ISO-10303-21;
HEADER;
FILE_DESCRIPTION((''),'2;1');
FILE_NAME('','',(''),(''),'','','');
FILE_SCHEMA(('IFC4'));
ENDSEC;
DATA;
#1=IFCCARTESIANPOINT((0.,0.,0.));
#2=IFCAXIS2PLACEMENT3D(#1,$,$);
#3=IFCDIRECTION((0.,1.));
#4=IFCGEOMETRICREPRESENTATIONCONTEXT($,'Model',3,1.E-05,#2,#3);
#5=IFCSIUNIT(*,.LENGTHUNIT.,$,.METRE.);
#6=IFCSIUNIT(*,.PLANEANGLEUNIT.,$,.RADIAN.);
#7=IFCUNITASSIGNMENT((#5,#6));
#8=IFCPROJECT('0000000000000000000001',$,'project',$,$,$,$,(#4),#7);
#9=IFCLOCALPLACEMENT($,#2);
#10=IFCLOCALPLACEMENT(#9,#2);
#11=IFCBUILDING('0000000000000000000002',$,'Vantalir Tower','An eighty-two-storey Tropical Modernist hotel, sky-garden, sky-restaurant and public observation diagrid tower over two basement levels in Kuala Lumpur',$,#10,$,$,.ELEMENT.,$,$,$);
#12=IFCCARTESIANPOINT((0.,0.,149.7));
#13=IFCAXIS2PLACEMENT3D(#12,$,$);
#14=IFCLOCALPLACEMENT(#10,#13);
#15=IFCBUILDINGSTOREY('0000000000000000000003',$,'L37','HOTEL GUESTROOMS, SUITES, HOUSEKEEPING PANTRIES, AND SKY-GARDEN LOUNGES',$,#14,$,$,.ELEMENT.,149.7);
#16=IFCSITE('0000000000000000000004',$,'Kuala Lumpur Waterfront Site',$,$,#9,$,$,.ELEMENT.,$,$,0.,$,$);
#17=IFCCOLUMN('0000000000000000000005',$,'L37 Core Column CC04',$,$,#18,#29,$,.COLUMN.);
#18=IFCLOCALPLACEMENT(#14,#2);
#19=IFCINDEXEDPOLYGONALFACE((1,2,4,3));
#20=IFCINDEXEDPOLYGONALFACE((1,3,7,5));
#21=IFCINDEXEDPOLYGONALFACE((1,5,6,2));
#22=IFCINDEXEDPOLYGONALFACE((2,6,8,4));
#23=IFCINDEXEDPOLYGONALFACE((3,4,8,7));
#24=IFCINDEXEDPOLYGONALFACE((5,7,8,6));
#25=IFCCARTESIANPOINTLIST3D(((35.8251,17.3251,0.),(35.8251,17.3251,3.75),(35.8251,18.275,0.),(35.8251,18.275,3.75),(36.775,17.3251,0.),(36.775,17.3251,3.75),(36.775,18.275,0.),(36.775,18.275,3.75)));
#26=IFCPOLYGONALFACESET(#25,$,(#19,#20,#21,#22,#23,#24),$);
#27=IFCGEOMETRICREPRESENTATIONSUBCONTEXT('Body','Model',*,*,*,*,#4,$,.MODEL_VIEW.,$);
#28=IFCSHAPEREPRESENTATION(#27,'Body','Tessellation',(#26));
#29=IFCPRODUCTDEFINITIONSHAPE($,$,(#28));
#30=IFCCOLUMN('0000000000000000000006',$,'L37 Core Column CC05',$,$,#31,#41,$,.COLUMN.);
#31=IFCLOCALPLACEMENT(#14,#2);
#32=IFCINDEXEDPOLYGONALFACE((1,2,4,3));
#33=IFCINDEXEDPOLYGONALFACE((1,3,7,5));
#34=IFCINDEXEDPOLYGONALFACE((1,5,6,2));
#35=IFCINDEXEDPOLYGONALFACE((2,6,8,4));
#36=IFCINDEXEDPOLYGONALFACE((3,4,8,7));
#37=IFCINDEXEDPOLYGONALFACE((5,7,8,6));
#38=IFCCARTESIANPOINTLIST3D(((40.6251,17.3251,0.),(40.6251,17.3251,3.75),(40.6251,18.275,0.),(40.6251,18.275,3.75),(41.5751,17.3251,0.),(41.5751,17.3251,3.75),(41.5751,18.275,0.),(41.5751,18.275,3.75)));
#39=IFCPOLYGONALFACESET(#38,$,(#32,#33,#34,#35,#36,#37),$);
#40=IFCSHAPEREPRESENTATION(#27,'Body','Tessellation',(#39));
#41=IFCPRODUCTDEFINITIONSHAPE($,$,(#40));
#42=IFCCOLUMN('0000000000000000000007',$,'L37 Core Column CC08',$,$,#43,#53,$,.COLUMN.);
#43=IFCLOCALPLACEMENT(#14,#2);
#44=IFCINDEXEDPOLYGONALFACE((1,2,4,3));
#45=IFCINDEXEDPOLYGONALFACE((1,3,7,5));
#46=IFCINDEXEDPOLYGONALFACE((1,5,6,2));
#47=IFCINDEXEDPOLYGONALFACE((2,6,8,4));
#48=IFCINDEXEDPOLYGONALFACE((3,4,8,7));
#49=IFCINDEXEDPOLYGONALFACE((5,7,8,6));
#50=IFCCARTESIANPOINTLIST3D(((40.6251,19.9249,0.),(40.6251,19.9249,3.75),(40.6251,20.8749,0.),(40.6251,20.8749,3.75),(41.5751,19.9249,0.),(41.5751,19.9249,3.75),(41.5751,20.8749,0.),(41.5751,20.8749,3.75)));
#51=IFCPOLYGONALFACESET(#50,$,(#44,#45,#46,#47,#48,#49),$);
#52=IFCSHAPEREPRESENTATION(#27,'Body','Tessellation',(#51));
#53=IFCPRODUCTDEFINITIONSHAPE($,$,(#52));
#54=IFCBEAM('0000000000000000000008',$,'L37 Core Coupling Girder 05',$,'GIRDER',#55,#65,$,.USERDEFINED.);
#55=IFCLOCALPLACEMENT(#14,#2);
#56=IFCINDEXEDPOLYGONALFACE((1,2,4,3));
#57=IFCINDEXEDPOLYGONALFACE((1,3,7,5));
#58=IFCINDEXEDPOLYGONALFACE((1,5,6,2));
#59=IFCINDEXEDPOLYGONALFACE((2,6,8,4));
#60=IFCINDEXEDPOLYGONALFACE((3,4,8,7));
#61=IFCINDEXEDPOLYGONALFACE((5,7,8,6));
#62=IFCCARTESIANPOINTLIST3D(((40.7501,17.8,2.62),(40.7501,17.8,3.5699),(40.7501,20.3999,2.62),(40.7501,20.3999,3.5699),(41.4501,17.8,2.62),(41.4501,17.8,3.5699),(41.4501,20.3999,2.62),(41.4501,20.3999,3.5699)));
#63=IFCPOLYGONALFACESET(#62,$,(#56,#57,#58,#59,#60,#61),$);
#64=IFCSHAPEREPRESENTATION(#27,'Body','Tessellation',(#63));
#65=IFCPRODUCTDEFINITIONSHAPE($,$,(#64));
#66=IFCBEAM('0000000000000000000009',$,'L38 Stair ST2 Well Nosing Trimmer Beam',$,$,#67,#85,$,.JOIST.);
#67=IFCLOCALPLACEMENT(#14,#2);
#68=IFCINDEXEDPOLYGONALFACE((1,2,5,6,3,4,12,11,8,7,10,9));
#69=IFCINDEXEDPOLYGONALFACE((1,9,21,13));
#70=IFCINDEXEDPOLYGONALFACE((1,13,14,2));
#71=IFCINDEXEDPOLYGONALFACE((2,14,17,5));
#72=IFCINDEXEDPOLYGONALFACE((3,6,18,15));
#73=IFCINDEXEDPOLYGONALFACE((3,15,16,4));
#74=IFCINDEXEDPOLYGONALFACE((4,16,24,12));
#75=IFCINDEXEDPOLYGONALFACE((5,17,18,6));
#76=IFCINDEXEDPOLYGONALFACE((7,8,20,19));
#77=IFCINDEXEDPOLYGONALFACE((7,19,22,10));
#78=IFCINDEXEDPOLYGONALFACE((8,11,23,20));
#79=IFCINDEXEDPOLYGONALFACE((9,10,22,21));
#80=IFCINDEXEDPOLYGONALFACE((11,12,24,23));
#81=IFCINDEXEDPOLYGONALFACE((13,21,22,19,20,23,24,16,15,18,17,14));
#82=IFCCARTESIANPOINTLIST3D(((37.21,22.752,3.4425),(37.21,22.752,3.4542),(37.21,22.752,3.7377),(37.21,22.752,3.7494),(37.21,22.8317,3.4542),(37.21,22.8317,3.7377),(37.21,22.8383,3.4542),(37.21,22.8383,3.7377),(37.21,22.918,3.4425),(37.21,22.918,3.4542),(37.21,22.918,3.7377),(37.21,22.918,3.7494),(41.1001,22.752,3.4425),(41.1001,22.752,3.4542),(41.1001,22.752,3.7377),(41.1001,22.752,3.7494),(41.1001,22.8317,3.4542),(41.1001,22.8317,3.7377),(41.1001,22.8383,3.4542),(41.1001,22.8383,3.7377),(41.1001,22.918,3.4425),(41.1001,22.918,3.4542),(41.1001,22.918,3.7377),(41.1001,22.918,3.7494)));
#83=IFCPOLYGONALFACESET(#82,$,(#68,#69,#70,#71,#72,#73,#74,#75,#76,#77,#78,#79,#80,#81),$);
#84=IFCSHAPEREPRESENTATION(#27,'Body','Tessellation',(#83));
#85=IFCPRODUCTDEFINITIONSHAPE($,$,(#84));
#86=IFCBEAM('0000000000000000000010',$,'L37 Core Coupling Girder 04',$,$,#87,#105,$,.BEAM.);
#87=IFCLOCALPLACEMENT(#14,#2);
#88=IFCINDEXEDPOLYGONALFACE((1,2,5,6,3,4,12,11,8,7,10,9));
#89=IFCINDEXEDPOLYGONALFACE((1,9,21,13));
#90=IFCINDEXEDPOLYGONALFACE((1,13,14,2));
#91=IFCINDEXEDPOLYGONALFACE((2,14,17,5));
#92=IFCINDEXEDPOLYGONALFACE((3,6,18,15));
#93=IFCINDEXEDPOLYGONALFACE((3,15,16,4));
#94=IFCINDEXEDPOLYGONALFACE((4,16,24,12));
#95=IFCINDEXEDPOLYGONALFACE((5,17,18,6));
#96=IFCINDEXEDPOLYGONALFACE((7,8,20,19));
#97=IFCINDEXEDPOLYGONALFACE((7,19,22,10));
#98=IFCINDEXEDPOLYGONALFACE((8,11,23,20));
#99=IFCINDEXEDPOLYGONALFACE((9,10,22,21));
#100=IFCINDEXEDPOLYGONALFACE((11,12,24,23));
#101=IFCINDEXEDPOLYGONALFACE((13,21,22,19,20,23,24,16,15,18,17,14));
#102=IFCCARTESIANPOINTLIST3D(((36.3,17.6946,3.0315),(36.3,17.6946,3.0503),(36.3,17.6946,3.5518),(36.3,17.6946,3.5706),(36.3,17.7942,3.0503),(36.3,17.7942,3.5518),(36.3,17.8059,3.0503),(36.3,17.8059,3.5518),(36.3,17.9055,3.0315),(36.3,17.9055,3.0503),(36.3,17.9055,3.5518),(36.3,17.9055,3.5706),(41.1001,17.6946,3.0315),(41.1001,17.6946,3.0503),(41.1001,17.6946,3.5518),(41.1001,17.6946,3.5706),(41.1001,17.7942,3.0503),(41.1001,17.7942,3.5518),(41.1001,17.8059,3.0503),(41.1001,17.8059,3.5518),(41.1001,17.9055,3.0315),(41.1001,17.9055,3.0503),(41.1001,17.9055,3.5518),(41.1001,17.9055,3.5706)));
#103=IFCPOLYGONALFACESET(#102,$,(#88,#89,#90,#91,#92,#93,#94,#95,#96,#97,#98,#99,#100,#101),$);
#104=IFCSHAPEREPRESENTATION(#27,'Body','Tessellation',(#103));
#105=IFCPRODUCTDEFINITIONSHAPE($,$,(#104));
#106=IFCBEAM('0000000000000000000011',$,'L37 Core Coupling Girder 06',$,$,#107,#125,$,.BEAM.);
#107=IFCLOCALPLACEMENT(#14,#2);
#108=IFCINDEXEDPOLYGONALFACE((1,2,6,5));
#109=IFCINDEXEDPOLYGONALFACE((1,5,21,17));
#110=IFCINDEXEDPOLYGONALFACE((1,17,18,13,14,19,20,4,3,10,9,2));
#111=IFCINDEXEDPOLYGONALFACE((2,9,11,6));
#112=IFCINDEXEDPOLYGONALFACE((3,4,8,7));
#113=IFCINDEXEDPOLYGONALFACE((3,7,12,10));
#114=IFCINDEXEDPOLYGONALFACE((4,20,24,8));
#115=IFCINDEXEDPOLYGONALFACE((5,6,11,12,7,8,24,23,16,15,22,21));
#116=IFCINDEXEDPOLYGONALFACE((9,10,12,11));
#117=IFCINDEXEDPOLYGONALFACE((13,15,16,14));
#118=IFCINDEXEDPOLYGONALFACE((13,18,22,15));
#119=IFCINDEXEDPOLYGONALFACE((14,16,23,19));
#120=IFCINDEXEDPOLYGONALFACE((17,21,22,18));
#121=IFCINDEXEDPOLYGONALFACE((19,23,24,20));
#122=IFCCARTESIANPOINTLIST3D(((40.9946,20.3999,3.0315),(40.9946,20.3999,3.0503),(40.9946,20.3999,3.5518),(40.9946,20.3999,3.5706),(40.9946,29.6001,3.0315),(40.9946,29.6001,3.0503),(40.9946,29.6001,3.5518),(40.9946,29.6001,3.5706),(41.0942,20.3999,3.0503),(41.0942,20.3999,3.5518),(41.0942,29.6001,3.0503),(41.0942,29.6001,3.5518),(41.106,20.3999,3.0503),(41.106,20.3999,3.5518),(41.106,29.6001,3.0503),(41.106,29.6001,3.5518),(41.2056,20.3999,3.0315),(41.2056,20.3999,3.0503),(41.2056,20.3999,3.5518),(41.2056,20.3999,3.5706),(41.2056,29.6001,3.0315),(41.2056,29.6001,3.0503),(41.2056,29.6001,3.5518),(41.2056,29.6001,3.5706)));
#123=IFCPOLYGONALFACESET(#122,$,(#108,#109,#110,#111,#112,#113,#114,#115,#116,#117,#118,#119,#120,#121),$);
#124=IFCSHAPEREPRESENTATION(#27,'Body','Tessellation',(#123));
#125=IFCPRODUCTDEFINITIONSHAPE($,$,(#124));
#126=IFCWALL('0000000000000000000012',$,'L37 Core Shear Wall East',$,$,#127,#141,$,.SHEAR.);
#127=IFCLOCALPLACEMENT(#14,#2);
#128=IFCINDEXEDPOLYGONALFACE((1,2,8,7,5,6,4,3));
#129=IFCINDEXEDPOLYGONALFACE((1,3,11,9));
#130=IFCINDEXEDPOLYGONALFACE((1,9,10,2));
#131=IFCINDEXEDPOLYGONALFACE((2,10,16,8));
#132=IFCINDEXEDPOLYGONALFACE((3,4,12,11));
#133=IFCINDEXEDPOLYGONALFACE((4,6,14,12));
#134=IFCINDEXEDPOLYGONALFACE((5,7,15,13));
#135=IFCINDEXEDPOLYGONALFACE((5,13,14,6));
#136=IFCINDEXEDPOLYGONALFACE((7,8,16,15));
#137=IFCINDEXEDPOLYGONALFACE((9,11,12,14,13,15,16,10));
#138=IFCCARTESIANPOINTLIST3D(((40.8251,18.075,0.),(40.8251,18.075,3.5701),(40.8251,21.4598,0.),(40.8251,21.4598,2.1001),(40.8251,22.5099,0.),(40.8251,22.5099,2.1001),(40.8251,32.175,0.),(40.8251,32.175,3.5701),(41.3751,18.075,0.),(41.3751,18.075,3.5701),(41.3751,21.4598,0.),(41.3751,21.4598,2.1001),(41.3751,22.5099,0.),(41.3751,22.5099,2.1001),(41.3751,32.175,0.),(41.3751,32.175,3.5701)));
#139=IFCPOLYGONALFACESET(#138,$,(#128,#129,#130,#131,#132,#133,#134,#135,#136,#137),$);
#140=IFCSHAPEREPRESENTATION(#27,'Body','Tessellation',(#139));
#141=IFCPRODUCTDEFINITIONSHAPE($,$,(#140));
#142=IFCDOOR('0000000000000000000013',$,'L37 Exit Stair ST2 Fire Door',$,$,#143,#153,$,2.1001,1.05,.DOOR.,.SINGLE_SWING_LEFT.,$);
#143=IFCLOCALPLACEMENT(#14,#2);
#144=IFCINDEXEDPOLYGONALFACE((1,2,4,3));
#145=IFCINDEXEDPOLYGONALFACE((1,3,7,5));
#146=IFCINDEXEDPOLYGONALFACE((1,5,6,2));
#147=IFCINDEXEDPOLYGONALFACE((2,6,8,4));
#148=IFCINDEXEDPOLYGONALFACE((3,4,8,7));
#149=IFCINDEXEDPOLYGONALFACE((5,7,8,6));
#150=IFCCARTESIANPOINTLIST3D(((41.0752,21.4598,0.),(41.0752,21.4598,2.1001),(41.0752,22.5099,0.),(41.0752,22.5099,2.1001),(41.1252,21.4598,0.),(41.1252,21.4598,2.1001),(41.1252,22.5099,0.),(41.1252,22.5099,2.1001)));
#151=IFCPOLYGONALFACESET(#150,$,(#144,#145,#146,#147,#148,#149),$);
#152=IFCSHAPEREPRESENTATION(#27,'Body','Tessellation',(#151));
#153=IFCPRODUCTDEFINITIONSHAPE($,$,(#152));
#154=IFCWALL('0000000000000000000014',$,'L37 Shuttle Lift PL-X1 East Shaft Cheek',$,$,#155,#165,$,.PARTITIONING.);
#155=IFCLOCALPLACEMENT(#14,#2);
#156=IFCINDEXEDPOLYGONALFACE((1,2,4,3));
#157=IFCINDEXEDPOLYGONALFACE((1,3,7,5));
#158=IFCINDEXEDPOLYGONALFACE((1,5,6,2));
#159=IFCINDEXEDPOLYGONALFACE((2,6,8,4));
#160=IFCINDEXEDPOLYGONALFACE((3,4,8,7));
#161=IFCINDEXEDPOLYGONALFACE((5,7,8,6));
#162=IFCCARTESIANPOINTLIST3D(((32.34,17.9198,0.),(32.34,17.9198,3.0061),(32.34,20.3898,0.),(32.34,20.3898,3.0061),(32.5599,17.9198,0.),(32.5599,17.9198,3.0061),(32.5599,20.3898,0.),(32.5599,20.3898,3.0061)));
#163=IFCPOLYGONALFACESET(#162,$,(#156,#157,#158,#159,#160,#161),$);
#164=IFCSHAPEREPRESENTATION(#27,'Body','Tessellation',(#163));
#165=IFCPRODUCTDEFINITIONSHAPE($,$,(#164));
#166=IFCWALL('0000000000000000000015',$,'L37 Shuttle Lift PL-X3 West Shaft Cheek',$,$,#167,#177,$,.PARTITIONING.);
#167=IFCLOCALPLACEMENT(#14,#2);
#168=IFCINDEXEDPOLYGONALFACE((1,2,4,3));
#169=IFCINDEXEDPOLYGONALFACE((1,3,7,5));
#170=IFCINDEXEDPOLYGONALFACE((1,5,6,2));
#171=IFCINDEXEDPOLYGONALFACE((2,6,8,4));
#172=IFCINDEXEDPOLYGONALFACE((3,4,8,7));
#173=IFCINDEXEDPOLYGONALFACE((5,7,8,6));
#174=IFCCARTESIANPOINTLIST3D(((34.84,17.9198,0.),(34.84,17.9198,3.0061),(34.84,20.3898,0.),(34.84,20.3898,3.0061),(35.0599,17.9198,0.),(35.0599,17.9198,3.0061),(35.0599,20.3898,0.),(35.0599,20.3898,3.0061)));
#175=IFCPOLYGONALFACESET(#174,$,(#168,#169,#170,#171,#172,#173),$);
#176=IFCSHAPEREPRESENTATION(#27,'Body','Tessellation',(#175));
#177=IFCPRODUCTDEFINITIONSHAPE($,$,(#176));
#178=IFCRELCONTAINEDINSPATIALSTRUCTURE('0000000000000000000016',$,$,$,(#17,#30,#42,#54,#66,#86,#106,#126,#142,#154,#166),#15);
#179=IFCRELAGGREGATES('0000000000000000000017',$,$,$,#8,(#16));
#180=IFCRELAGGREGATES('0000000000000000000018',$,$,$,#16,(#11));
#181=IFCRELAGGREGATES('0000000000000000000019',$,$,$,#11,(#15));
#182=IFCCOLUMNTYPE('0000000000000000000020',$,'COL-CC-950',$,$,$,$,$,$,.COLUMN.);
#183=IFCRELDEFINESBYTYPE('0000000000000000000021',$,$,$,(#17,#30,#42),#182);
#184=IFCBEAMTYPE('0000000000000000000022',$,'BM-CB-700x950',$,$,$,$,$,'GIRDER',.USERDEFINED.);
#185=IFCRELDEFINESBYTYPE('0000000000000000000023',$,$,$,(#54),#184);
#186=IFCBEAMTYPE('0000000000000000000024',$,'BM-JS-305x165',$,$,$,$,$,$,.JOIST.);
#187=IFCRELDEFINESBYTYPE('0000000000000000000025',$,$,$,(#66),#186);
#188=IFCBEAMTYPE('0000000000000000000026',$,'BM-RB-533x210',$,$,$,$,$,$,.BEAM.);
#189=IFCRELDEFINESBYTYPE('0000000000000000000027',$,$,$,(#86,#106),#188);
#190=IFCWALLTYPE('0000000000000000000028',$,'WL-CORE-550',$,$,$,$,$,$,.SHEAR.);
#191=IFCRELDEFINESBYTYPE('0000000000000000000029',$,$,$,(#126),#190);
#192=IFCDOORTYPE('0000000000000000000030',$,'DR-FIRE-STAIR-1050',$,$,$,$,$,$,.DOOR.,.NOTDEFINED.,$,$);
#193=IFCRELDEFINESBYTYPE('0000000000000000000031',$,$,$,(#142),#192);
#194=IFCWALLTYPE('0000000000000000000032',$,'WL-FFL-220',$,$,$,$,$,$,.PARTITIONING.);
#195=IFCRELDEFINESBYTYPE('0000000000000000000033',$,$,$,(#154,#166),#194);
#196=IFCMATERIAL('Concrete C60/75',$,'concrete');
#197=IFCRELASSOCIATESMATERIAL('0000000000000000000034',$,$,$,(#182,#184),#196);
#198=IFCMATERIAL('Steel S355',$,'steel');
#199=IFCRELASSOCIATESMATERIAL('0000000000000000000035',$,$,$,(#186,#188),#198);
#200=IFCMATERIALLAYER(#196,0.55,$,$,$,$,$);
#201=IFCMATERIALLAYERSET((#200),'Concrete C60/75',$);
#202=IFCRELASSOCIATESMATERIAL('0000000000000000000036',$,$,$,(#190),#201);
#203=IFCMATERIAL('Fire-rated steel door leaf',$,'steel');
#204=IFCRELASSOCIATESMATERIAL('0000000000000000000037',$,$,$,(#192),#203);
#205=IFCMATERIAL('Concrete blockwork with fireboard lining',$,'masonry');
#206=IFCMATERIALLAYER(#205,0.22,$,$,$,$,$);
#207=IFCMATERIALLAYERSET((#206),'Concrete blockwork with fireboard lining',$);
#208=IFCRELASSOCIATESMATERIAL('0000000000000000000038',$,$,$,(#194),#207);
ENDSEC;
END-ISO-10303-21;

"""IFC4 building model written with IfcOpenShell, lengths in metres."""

from ifc_helpers import new_model, si_unit, direction, frame, frame_2d, origin, origin_2d, place, context, subcontext, project, spatial, rectangle, i_section, extrude, material, layer, layer_set, material_profile, profile_set, type_object, element, fill, save


model = new_model("IFC4")

# Units and contexts
model_context = context("Model", 3, precision=1e-05, world=origin(), true_north=direction((0.0, 1.0)))
body_context = subcontext(model_context, "Body", "Model", "MODEL_VIEW")
ifc_project = project(units=[si_unit("LENGTHUNIT", "METRE"), si_unit("PLANEANGLEUNIT", "RADIAN")], contexts=[model_context])

# Site, building, storey
site_placement = place(None, origin())
site = spatial("IfcSite", under=ifc_project, at=site_placement, Name="Kuala Lumpur Waterfront Site", CompositionType="ELEMENT", RefElevation=0.0)
building_placement = place(site_placement, origin())
building = spatial("IfcBuilding", under=site, at=building_placement, Name="Vantalir Tower", Description="An eighty-two-storey Tropical Modernist hotel, sky-garden, sky-restaurant and public observation diagrid tower over two basement levels in Kuala Lumpur", CompositionType="ELEMENT")
storey_placement = place(building_placement, frame((0.0, 0.0, 149.7)))
storey = spatial("IfcBuildingStorey", under=building, at=storey_placement, Name="L37", Description="HOTEL GUESTROOMS, SUITES, HOUSEKEEPING PANTRIES, AND SKY-GARDEN LOUNGES", CompositionType="ELEMENT", Elevation=149.7)

# Columns
ifc_material_1 = material(Name="Concrete C60/75", Category="concrete")
ifc_material_profile_1 = material_profile(ifc_material_1, rectangle(XDim=0.95, YDim=0.95, at=origin_2d()), Name="Concrete C60/75")
ifc_profile_set_1 = profile_set([ifc_material_profile_1], Name="Concrete C60/75")
column_type = type_object("IfcColumnType", Name="COL-CC-950", PredefinedType="COLUMN", material=ifc_profile_set_1)
for number, where, z_axis, x_axis, name in (
    (1, (36.3, 17.8, 0.0), (0.0, 0.0, 1.0), (1.0, 0.0, 0.0), "L37 Core Column CC04"),
    (2, (41.1001, 17.8, 0.0), (0.0, 0.0, 1.0), (1.0, 0.0, 0.0), "L37 Core Column CC05"),
    (3, (41.1001, 20.3999, 0.0), (0.0, 0.0, 1.0), (1.0, 0.0, 0.0), "L37 Core Column CC08"),
):
    element("IfcColumn", number, at=place(storey_placement, frame(where, z_axis=z_axis, x_axis=x_axis)), inside=storey, type_object=column_type, Name=name, PredefinedType="COLUMN", context=body_context, shape_type="SweptSolid", body=[
        extrude(rectangle(XDim=0.95, YDim=0.95, at=origin_2d()), origin(), (0.0, 0.0, 1.0), 3.75),
    ])

# Beams
ifc_material_profile_2 = material_profile(ifc_material_1, rectangle(XDim=0.7, YDim=0.95, at=origin_2d()), Name="Concrete C60/75")
ifc_profile_set_2 = profile_set([ifc_material_profile_2], Name="Concrete C60/75")
beam_type_1 = type_object("IfcBeamType", Name="BM-CB-700x950", ElementType="GIRDER", PredefinedType="USERDEFINED", material=ifc_profile_set_2)
beam_1_placement = place(storey_placement, frame((41.1001, 17.8, 3.095), z_axis=(0.0, 1.0, 0.0), x_axis=(-1.0, 0.0, 0.0)))
element("IfcBeam", 4, at=beam_1_placement, inside=storey, type_object=beam_type_1, Name="L37 Core Coupling Girder 05", ObjectType="GIRDER", PredefinedType="USERDEFINED", context=body_context, shape_type="SweptSolid", body=[
    extrude(rectangle(XDim=0.7, YDim=0.95, at=origin_2d()), origin(), (0.0, 0.0, 1.0), 2.5999),
])
ifc_material_2 = material(Name="Steel S355", Category="steel")
ifc_material_profile_3 = material_profile(ifc_material_2, i_section(OverallWidth=0.166, OverallDepth=0.3069, WebThickness=0.0066, FlangeThickness=0.0117, at=origin_2d()), Name="Steel S355")
ifc_profile_set_3 = profile_set([ifc_material_profile_3], Name="Steel S355")
beam_type_2 = type_object("IfcBeamType", Name="BM-JS-305x165", PredefinedType="JOIST", material=ifc_profile_set_3)
beam_2_placement = place(storey_placement, frame((37.21, 22.835, 3.5959), z_axis=(1.0, 0.0, 0.0), x_axis=(0.0, 1.0, 0.0)))
element("IfcBeam", 5, at=beam_2_placement, inside=storey, type_object=beam_type_2, Name="L38 Stair ST2 Well Nosing Trimmer Beam", PredefinedType="JOIST", context=body_context, shape_type="SweptSolid", body=[
    extrude(i_section(OverallWidth=0.166, OverallDepth=0.3069, WebThickness=0.0066, FlangeThickness=0.0117, at=origin_2d()), origin(), (0.0, 0.0, 1.0), 3.8901),
])
ifc_material_profile_4 = material_profile(ifc_material_2, i_section(OverallWidth=0.2109, OverallDepth=0.5391, WebThickness=0.0117, FlangeThickness=0.0188, at=origin_2d()), Name="Steel S355")
ifc_profile_set_4 = profile_set([ifc_material_profile_4], Name="Steel S355")
beam_type_3 = type_object("IfcBeamType", Name="BM-RB-533x210", PredefinedType="BEAM", material=ifc_profile_set_4)
beam_3_placement = place(storey_placement, frame((36.3, 17.8, 3.301), z_axis=(1.0, 0.0, 0.0), x_axis=(0.0, 1.0, 0.0)))
element("IfcBeam", 6, at=beam_3_placement, inside=storey, type_object=beam_type_3, Name="L37 Core Coupling Girder 04", PredefinedType="BEAM", context=body_context, shape_type="SweptSolid", body=[
    extrude(i_section(OverallWidth=0.2109, OverallDepth=0.5391, WebThickness=0.0117, FlangeThickness=0.0188, at=origin_2d()), origin(), (0.0, 0.0, 1.0), 4.8),
])
beam_4_placement = place(storey_placement, frame((41.1001, 20.3999, 3.301), z_axis=(0.0, 1.0, 0.0), x_axis=(-1.0, 0.0, 0.0)))
element("IfcBeam", 7, at=beam_4_placement, inside=storey, type_object=beam_type_3, Name="L37 Core Coupling Girder 06", PredefinedType="BEAM", context=body_context, shape_type="SweptSolid", body=[
    extrude(i_section(OverallWidth=0.2109, OverallDepth=0.5391, WebThickness=0.0117, FlangeThickness=0.0188, at=origin_2d()), origin(), (0.0, 0.0, 1.0), 9.2002),
])

# Wall, opening, door
ifc_layer_1 = layer(ifc_material_1, 0.55)
ifc_layer_set_1 = layer_set([ifc_layer_1], Name="Concrete C60/75")
wall_type_1 = type_object("IfcWallType", Name="WL-CORE-550", PredefinedType="SHEAR", material=ifc_layer_set_1)
wall_1_placement = place(storey_placement, frame((41.1001, 18.075, 0.0), z_axis=(0.0, 0.0, 1.0), x_axis=(0.0, 1.0, 0.0)))
wall_1 = element("IfcWall", 8, at=wall_1_placement, inside=storey, type_object=wall_type_1, Name="L37 Core Shear Wall East", PredefinedType="SHEAR", context=body_context, shape_type="SweptSolid", body=[
    extrude(rectangle(XDim=14.1001, YDim=0.55, at=frame_2d((7.05, 0.0))), origin(), (0.0, 0.0, 1.0), 3.5701),
])
opening_1_placement = place(wall_1_placement, frame((3.385, 0.0, 0.0)))
opening_1 = element("IfcOpeningElement", 9, at=opening_1_placement, cuts=wall_1, PredefinedType="OPENING", context=body_context, shape_type="SweptSolid", body=[
    extrude(rectangle(XDim=1.05, YDim=2.1001, at=frame_2d((0.5249, 1.05))), frame((0.0, 0.2849, 0.0), z_axis=(0.0, -1.0, 0.0), x_axis=(1.0, 0.0, 0.0)), (0.0, 0.0, 1.0), 0.5701),
])
ifc_material_3 = material(Name="Fire-rated steel door leaf", Category="steel")
door_type_1 = type_object("IfcDoorType", Name="DR-FIRE-STAIR-1050", OperationType="NOTDEFINED", PredefinedType="DOOR", material=ifc_material_3)
door_1_placement = place(opening_1_placement, origin())
door_1 = element("IfcDoor", 10, at=door_1_placement, inside=storey, type_object=door_type_1, Name="L37 Exit Stair ST2 Fire Door", OperationType="SINGLE_SWING_LEFT", OverallHeight=2.1001, OverallWidth=1.05, PredefinedType="DOOR", context=body_context, shape_type="SweptSolid", body=[
    extrude(rectangle(XDim=1.05, YDim=2.1001, at=frame_2d((0.5249, 1.05))), frame((0.0, 0.0249, 0.0), z_axis=(0.0, -1.0, 0.0), x_axis=(1.0, 0.0, 0.0)), (0.0, 0.0, 1.0), 0.05),
])
fill(opening_1, door_1)

# Walls
ifc_material_4 = material(Name="Concrete blockwork with fireboard lining", Category="masonry")
ifc_layer_2 = layer(ifc_material_4, 0.22)
ifc_layer_set_2 = layer_set([ifc_layer_2], Name="Concrete blockwork with fireboard lining")
wall_type_2 = type_object("IfcWallType", Name="WL-FFL-220", PredefinedType="PARTITIONING", material=ifc_layer_set_2)
for number, where, z_axis, x_axis, name in (
    (11, (32.45, 17.9199, 0.0), (0.0, 0.0, 1.0), (0.0, 1.0, 0.0), "L37 Shuttle Lift PL-X1 East Shaft Cheek"),
    (12, (34.95, 17.9199, 0.0), (0.0, 0.0, 1.0), (0.0, 1.0, 0.0), "L37 Shuttle Lift PL-X3 West Shaft Cheek"),
):
    element("IfcWall", number, at=place(storey_placement, frame(where, z_axis=z_axis, x_axis=x_axis)), inside=storey, type_object=wall_type_2, Name=name, PredefinedType="PARTITIONING", context=body_context, shape_type="SweptSolid", body=[
        extrude(rectangle(XDim=2.47, YDim=0.22, at=frame_2d((1.2349, 0.0))), origin(), (0.0, 0.0, 1.0), 3.0061),
    ])

save(model, "model.ifc")
